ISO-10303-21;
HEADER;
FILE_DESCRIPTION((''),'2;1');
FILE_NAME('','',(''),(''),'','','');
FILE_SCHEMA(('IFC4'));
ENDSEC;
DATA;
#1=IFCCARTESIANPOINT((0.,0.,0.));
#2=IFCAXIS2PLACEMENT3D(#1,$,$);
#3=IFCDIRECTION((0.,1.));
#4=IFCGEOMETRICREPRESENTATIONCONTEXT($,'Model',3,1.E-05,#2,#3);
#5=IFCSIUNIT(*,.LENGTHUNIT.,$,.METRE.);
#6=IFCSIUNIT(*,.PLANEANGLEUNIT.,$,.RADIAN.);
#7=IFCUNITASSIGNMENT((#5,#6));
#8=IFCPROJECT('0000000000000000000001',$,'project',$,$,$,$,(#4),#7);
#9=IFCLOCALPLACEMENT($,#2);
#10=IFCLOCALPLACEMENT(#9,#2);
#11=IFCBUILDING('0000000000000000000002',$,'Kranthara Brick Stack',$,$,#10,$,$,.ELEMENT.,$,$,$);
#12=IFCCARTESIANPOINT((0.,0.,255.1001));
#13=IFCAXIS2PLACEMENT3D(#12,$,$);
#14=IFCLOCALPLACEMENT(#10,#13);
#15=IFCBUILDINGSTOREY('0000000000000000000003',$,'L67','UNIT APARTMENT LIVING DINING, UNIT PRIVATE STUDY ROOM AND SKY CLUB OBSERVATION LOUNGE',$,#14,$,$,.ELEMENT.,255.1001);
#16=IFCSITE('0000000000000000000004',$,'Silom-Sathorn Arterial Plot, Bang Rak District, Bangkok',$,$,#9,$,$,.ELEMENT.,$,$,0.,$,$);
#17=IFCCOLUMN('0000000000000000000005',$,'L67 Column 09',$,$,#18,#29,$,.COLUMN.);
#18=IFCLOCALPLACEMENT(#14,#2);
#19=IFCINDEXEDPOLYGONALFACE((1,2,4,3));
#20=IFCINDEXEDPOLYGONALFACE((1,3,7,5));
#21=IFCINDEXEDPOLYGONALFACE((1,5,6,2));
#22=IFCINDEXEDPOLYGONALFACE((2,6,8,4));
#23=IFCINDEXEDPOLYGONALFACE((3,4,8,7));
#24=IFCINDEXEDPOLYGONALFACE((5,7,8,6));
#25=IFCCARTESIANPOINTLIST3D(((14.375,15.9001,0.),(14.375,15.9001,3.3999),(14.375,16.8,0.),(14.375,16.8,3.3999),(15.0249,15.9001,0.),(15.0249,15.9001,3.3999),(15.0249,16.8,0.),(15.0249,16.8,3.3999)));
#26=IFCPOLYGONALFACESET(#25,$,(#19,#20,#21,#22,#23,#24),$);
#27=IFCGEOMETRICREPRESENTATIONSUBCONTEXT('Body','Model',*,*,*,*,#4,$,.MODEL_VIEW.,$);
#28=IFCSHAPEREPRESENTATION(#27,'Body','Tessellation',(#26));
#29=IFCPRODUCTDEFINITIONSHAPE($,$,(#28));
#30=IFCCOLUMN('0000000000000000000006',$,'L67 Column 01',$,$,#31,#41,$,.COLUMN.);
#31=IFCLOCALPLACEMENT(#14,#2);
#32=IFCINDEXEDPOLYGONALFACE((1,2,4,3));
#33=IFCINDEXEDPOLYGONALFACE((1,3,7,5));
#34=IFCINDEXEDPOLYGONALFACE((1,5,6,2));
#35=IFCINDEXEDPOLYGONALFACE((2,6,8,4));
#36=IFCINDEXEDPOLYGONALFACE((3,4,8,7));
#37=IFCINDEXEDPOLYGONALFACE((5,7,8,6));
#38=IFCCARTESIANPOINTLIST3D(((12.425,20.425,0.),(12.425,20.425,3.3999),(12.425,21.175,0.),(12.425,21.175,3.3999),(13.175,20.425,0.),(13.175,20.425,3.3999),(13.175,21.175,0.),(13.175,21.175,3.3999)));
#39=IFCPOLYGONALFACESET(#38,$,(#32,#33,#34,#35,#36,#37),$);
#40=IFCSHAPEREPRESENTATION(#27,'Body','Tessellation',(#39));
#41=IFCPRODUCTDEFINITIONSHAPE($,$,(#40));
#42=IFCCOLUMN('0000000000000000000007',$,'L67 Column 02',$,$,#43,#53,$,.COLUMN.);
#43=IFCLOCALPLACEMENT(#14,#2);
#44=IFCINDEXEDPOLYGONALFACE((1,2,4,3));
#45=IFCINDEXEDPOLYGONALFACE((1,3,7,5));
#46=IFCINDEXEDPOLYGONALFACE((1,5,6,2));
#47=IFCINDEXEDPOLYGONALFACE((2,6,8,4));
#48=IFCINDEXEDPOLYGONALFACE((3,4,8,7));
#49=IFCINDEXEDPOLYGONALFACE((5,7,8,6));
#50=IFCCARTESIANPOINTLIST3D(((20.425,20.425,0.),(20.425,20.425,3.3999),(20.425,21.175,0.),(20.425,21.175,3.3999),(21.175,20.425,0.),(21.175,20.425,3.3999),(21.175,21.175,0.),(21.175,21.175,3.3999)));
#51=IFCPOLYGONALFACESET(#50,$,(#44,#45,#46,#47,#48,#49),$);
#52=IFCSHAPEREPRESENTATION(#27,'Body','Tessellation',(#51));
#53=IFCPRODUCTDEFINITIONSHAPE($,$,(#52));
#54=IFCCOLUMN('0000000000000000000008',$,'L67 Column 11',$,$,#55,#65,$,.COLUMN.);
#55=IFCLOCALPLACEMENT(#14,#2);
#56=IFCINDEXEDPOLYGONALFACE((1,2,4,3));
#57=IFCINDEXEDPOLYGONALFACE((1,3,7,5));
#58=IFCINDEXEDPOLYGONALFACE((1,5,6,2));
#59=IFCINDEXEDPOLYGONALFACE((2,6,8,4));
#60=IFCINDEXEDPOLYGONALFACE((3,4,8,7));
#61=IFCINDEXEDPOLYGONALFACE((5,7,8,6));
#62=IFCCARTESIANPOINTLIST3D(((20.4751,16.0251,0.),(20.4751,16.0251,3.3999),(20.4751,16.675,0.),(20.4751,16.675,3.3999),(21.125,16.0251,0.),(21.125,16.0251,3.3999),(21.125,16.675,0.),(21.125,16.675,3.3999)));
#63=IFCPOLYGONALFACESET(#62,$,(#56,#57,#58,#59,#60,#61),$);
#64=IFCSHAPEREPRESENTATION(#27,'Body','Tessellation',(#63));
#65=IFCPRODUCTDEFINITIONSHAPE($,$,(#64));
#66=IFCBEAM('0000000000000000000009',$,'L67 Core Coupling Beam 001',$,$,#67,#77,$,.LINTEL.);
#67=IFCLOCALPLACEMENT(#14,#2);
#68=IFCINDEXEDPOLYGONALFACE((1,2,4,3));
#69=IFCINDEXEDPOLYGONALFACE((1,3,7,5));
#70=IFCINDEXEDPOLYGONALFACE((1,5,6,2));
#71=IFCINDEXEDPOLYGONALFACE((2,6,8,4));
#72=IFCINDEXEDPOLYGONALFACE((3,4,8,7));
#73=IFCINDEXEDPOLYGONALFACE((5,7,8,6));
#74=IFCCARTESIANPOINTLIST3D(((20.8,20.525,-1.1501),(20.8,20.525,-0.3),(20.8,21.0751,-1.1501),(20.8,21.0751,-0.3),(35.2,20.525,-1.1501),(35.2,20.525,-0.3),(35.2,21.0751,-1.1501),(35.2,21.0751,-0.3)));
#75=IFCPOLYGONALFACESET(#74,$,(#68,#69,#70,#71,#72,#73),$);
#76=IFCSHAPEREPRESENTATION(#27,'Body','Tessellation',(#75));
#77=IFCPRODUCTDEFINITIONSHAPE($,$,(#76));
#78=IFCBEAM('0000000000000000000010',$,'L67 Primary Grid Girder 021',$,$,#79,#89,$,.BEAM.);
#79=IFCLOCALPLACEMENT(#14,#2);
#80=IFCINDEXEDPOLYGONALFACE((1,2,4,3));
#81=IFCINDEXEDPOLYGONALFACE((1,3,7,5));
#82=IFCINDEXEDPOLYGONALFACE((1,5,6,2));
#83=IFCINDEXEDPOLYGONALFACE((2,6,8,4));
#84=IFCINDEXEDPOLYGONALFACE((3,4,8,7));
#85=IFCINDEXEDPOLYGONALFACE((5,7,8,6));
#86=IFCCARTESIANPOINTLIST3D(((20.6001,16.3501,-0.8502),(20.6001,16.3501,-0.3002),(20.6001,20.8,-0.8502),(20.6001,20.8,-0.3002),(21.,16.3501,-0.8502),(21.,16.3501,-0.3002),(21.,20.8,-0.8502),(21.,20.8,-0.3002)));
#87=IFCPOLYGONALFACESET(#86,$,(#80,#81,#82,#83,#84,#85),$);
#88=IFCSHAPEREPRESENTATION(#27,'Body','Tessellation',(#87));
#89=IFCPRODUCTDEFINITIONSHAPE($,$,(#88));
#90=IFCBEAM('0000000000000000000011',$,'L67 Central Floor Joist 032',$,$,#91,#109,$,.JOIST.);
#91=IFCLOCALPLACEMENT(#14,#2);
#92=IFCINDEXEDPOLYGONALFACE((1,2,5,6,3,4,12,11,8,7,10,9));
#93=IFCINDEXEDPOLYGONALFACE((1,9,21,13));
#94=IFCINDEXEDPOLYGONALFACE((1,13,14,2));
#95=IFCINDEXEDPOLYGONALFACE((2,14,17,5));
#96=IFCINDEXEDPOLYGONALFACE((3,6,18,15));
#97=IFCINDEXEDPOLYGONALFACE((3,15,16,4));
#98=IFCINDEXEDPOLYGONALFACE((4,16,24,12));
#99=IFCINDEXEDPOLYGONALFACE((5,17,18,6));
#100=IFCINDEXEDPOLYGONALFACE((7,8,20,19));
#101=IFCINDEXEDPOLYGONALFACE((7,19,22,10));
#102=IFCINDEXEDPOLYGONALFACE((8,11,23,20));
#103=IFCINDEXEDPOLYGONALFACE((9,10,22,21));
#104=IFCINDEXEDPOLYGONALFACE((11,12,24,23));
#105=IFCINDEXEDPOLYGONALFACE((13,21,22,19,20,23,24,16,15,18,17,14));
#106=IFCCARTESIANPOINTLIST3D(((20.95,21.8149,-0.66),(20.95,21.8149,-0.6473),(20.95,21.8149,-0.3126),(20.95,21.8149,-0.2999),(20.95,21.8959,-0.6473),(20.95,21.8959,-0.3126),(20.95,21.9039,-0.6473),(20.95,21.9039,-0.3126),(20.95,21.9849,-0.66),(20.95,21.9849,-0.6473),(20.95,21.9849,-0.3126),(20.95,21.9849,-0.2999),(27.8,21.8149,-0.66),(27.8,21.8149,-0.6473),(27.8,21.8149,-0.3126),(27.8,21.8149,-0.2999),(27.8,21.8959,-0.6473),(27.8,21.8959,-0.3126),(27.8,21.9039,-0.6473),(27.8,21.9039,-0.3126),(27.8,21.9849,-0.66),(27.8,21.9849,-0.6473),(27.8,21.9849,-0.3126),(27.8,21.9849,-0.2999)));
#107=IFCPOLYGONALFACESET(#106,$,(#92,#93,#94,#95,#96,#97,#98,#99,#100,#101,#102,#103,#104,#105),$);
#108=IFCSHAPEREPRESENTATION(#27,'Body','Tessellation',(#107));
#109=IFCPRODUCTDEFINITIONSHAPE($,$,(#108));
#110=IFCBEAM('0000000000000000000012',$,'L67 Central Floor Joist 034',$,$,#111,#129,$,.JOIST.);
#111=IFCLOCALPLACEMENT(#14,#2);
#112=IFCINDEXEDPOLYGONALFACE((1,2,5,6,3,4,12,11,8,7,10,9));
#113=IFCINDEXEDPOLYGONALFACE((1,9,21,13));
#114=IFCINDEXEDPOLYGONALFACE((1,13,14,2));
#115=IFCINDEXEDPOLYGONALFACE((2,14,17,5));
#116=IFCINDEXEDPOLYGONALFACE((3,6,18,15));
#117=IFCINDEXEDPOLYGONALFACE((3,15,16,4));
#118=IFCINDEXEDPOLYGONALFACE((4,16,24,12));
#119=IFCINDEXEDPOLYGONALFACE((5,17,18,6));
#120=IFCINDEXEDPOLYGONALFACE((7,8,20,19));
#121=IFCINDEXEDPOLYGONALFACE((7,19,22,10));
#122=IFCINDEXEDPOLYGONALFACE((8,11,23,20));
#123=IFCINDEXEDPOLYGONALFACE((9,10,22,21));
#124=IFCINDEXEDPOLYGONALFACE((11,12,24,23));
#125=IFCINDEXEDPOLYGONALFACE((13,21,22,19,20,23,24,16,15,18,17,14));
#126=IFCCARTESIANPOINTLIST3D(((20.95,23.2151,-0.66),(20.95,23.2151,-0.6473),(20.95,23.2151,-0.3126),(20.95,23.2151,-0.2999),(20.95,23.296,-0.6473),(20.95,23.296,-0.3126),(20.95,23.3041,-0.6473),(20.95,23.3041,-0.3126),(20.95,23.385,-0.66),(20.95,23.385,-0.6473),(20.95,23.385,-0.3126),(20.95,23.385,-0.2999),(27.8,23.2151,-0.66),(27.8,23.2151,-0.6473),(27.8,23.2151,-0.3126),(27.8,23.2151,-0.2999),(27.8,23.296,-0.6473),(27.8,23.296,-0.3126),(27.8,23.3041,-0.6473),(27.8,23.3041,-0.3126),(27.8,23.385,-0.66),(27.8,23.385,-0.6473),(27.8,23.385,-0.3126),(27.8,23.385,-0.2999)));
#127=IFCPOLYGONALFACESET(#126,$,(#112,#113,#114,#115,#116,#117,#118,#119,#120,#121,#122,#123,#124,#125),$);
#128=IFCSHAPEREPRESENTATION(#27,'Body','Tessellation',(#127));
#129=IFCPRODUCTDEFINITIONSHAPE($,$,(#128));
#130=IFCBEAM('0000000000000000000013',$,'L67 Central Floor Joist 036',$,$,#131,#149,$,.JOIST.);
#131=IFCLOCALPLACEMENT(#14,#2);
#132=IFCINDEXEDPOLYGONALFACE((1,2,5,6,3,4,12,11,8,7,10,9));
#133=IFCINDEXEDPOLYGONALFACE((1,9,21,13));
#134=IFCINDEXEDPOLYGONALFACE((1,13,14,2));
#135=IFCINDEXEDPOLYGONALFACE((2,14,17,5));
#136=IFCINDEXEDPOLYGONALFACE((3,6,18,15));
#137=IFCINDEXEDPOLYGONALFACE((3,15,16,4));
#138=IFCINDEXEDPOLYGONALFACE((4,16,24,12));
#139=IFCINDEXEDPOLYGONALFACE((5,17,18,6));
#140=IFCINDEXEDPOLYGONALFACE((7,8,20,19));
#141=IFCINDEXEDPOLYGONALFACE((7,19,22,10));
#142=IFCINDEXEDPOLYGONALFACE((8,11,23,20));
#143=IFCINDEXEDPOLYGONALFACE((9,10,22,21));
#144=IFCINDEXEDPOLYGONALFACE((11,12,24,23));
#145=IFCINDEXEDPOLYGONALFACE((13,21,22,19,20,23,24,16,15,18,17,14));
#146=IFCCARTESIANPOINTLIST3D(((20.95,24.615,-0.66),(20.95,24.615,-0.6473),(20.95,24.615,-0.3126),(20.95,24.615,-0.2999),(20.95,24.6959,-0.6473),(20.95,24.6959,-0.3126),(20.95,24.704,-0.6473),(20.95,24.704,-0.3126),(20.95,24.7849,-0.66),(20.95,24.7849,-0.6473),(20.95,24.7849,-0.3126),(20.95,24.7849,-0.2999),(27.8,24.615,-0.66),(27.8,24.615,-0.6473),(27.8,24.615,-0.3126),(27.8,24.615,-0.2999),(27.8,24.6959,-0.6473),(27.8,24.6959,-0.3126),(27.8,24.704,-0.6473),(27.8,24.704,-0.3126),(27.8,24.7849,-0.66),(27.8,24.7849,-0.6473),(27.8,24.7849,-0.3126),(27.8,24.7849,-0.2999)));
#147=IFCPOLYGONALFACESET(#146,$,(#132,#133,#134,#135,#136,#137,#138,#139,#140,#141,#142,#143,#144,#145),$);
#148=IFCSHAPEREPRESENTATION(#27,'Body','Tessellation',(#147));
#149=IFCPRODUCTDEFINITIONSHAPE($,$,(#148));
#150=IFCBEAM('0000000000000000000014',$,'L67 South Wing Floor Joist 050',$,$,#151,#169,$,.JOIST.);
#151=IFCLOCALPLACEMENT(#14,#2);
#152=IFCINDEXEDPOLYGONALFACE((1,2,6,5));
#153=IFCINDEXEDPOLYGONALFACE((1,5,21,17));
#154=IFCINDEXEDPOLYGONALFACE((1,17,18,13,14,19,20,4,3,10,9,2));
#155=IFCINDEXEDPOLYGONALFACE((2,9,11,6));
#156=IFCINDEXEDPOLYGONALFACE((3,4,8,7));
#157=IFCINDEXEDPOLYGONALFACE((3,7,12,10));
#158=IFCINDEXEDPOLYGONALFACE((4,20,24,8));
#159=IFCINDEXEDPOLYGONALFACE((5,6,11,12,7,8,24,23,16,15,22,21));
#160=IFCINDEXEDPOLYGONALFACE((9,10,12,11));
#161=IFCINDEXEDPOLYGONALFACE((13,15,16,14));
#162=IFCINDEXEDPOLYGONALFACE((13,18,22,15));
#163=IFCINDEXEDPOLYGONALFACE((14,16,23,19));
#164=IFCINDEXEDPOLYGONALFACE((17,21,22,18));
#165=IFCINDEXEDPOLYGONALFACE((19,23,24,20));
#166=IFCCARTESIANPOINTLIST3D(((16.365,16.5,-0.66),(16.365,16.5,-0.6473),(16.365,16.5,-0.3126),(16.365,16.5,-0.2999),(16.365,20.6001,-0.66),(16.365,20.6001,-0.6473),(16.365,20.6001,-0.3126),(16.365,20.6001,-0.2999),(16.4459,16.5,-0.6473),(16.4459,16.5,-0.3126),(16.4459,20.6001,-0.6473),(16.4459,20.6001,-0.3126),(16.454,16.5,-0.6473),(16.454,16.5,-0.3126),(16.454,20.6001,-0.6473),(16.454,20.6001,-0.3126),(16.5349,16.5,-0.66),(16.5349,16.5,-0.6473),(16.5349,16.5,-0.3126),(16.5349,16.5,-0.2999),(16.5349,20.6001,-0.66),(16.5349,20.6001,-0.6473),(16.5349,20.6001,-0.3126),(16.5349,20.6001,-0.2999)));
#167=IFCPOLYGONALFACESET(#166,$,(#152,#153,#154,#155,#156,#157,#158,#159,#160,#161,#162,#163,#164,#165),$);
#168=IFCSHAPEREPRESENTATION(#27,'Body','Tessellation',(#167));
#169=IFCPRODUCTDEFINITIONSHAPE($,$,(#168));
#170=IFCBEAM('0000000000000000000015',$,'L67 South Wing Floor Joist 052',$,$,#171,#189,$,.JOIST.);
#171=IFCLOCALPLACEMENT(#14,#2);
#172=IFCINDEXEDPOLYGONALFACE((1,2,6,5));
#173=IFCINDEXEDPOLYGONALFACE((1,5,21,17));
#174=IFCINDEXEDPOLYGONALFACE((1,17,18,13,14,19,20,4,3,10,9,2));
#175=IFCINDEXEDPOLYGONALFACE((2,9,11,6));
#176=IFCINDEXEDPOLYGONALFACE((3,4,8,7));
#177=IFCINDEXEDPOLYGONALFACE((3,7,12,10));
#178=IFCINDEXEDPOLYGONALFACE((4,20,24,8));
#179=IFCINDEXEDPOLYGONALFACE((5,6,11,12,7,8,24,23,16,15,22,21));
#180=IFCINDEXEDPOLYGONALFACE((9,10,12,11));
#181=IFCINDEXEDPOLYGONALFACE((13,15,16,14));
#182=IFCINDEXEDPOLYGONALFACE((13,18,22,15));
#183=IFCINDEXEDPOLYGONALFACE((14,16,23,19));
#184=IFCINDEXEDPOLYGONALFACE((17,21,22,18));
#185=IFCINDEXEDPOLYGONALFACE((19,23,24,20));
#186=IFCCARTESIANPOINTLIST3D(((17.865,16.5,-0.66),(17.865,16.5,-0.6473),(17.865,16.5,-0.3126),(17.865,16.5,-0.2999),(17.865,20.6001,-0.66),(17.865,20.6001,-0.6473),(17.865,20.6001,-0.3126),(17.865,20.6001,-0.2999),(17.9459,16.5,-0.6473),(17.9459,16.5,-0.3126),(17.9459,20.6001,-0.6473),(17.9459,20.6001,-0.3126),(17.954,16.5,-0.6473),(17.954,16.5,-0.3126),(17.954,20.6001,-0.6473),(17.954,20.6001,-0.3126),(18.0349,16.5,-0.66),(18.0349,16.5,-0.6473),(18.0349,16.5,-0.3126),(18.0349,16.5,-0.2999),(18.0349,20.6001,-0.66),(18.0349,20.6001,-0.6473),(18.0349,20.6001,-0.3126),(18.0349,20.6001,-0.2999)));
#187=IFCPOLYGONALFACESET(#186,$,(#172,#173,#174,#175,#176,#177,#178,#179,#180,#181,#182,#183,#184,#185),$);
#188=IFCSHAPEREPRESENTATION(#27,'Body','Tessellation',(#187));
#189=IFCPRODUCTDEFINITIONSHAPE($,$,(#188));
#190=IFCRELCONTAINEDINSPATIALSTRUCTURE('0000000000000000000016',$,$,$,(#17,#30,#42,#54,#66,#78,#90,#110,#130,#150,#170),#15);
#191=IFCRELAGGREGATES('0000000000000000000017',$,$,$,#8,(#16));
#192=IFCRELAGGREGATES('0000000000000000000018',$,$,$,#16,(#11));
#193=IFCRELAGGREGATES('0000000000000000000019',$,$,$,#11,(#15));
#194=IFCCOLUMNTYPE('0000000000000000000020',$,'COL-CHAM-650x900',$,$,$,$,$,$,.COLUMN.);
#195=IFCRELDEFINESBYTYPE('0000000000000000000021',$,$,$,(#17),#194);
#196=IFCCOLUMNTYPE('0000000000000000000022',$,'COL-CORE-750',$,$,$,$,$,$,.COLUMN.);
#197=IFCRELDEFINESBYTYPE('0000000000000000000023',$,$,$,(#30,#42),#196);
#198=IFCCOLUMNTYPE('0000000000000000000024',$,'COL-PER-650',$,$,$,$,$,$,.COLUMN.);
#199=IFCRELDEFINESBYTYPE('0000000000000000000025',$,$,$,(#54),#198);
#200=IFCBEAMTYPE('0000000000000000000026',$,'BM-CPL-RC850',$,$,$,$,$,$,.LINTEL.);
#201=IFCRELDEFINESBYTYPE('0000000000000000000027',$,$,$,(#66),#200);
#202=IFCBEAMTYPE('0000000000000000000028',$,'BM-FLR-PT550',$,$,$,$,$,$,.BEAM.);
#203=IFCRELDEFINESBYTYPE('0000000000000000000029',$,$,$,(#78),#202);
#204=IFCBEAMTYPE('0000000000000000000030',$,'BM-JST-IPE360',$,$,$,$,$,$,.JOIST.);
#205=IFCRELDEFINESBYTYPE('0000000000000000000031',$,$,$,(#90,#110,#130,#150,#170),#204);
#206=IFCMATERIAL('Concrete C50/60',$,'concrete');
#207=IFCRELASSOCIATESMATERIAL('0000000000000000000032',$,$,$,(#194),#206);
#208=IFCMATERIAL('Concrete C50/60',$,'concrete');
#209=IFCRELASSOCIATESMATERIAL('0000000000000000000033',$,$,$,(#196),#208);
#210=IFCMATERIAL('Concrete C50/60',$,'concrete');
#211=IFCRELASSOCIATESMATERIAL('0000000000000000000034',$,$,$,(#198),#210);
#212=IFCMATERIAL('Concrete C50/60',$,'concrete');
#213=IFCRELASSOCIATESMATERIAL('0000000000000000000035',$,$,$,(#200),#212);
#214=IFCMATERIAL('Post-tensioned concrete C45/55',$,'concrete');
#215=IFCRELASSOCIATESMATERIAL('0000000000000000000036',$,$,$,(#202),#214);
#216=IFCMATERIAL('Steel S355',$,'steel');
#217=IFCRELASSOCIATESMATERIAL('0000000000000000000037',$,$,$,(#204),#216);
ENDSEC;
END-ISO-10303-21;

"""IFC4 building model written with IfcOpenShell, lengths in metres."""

from ifc_helpers import new_model, si_unit, direction, frame, origin, origin_2d, place, context, subcontext, project, spatial, rectangle, i_section, extrude, material, material_profile, profile_set, type_object, element, save


model = new_model("IFC4")

# Units and contexts
model_context = context("Model", 3, precision=1e-05, world=origin(), true_north=direction((0.0, 1.0)))
body_context = subcontext(model_context, "Body", "Model", "MODEL_VIEW")
ifc_project = project(units=[si_unit("LENGTHUNIT", "METRE"), si_unit("PLANEANGLEUNIT", "RADIAN")], contexts=[model_context])

# Site, building, storey
site_placement = place(None, origin())
site = spatial("IfcSite", under=ifc_project, at=site_placement, Name="Silom-Sathorn Arterial Plot, Bang Rak District, Bangkok", CompositionType="ELEMENT", RefElevation=0.0)
building_placement = place(site_placement, origin())
building = spatial("IfcBuilding", under=site, at=building_placement, Name="Kranthara Brick Stack", CompositionType="ELEMENT")
storey_placement = place(building_placement, frame((0.0, 0.0, 255.1001)))
storey = spatial("IfcBuildingStorey", under=building, at=storey_placement, Name="L67", Description="UNIT APARTMENT LIVING DINING, UNIT PRIVATE STUDY ROOM AND SKY CLUB OBSERVATION LOUNGE", CompositionType="ELEMENT", Elevation=255.1001)

# Columns
ifc_material_1 = material(Name="Concrete C50/60", Category="concrete")
ifc_material_profile_1 = material_profile(ifc_material_1, rectangle(XDim=0.6499, YDim=0.8999, at=origin_2d()), Name="RC 650x900")
ifc_profile_set_1 = profile_set([ifc_material_profile_1], Name="Concrete C50/60")
column_type_1 = type_object("IfcColumnType", Name="COL-CHAM-650x900", PredefinedType="COLUMN", material=ifc_profile_set_1)
column_1_placement = place(storey_placement, frame((14.7, 16.3501, 0.0), z_axis=(0.0, 0.0, 1.0), x_axis=(1.0, 0.0, 0.0)))
element("IfcColumn", 1, at=column_1_placement, inside=storey, type_object=column_type_1, Name="L67 Column 09", PredefinedType="COLUMN", context=body_context, shape_type="SweptSolid", body=[
    extrude(rectangle(XDim=0.6499, YDim=0.8999, at=origin_2d()), origin(), (0.0, 0.0, 1.0), 3.3999),
])
ifc_material_2 = material(Name="Concrete C50/60", Category="concrete")
ifc_material_profile_2 = material_profile(ifc_material_2, rectangle(XDim=0.75, YDim=0.75, at=origin_2d()), Name="RC 750x750")
ifc_profile_set_2 = profile_set([ifc_material_profile_2], Name="Concrete C50/60")
column_type_2 = type_object("IfcColumnType", Name="COL-CORE-750", PredefinedType="COLUMN", material=ifc_profile_set_2)
for number, where, z_axis, x_axis, name in (
    (2, (12.8, 20.8, 0.0), (0.0, 0.0, 1.0), (1.0, 0.0, 0.0), "L67 Column 01"),
    (3, (20.8, 20.8, 0.0), (0.0, 0.0, 1.0), (1.0, 0.0, 0.0), "L67 Column 02"),
):
    element("IfcColumn", number, at=place(storey_placement, frame(where, z_axis=z_axis, x_axis=x_axis)), inside=storey, type_object=column_type_2, Name=name, PredefinedType="COLUMN", context=body_context, shape_type="SweptSolid", body=[
        extrude(rectangle(XDim=0.75, YDim=0.75, at=origin_2d()), origin(), (0.0, 0.0, 1.0), 3.3999),
    ])
ifc_material_3 = material(Name="Concrete C50/60", Category="concrete")
ifc_material_profile_3 = material_profile(ifc_material_3, rectangle(XDim=0.6499, YDim=0.6499, at=origin_2d()), Name="RC 650x650")
ifc_profile_set_3 = profile_set([ifc_material_profile_3], Name="Concrete C50/60")
column_type_3 = type_object("IfcColumnType", Name="COL-PER-650", PredefinedType="COLUMN", material=ifc_profile_set_3)
column_2_placement = place(storey_placement, frame((20.8, 16.3501, 0.0), z_axis=(0.0, 0.0, 1.0), x_axis=(1.0, 0.0, 0.0)))
element("IfcColumn", 4, at=column_2_placement, inside=storey, type_object=column_type_3, Name="L67 Column 11", PredefinedType="COLUMN", context=body_context, shape_type="SweptSolid", body=[
    extrude(rectangle(XDim=0.6499, YDim=0.6499, at=origin_2d()), origin(), (0.0, 0.0, 1.0), 3.3999),
])

# Beams
ifc_material_4 = material(Name="Concrete C50/60", Category="concrete")
ifc_material_profile_4 = material_profile(ifc_material_4, rectangle(XDim=0.55, YDim=0.8501, at=origin_2d()), Name="RC 550x850")
ifc_profile_set_4 = profile_set([ifc_material_profile_4], Name="Concrete C50/60")
beam_type_1 = type_object("IfcBeamType", Name="BM-CPL-RC850", PredefinedType="LINTEL", material=ifc_profile_set_4)
beam_1_placement = place(storey_placement, frame((20.8, 20.8, -0.7251), z_axis=(1.0, 0.0, 0.0), x_axis=(0.0, 1.0, 0.0)))
element("IfcBeam", 5, at=beam_1_placement, inside=storey, type_object=beam_type_1, Name="L67 Core Coupling Beam 001", PredefinedType="LINTEL", context=body_context, shape_type="SweptSolid", body=[
    extrude(rectangle(XDim=0.55, YDim=0.8501, at=origin_2d()), origin(), (0.0, 0.0, 1.0), 14.3999),
])
ifc_material_5 = material(Name="Post-tensioned concrete C45/55", Category="concrete")
ifc_material_profile_5 = material_profile(ifc_material_5, rectangle(XDim=0.3999, YDim=0.55, at=origin_2d()), Name="PT 400x550")
ifc_profile_set_5 = profile_set([ifc_material_profile_5], Name="Post-tensioned concrete C45/55")
beam_type_2 = type_object("IfcBeamType", Name="BM-FLR-PT550", PredefinedType="BEAM", material=ifc_profile_set_5)
beam_2_placement = place(storey_placement, frame((20.8, 16.3501, -0.5752), z_axis=(0.0, 1.0, 0.0), x_axis=(-1.0, 0.0, 0.0)))
element("IfcBeam", 6, at=beam_2_placement, inside=storey, type_object=beam_type_2, Name="L67 Primary Grid Girder 021", PredefinedType="BEAM", context=body_context, shape_type="SweptSolid", body=[
    extrude(rectangle(XDim=0.3999, YDim=0.55, at=origin_2d()), origin(), (0.0, 0.0, 1.0), 4.45),
])
ifc_material_6 = material(Name="Steel S355", Category="steel")
ifc_material_profile_6 = material_profile(ifc_material_6, i_section(OverallWidth=0.1699, OverallDepth=0.3601, WebThickness=0.0081, FlangeThickness=0.0127, at=origin_2d()), Name="IPE 360")
ifc_profile_set_6 = profile_set([ifc_material_profile_6], Name="Steel S355")
beam_type_3 = type_object("IfcBeamType", Name="BM-JST-IPE360", PredefinedType="JOIST", material=ifc_profile_set_6)
for number, where, z_axis, x_axis, name in (
    (7, (20.95, 21.8999, -0.48), (1.0, 0.0, 0.0), (0.0, 1.0, 0.0), "L67 Central Floor Joist 032"),
    (8, (20.95, 23.3, -0.48), (1.0, 0.0, 0.0), (0.0, 1.0, 0.0), "L67 Central Floor Joist 034"),
    (9, (20.95, 24.7, -0.48), (1.0, 0.0, 0.0), (0.0, 1.0, 0.0), "L67 Central Floor Joist 036"),
):
    element("IfcBeam", number, at=place(storey_placement, frame(where, z_axis=z_axis, x_axis=x_axis)), inside=storey, type_object=beam_type_3, Name=name, PredefinedType="JOIST", context=body_context, shape_type="SweptSolid", body=[
        extrude(i_section(OverallWidth=0.1699, OverallDepth=0.3601, WebThickness=0.0081, FlangeThickness=0.0127, at=origin_2d()), origin(), (0.0, 0.0, 1.0), 6.8501),
    ])
for number, where, z_axis, x_axis, name in (
    (10, (16.45, 16.5, -0.48), (0.0, 1.0, 0.0), (-1.0, 0.0, 0.0), "L67 South Wing Floor Joist 050"),
    (11, (17.95, 16.5, -0.48), (0.0, 1.0, 0.0), (-1.0, 0.0, 0.0), "L67 South Wing Floor Joist 052"),
):
    element("IfcBeam", number, at=place(storey_placement, frame(where, z_axis=z_axis, x_axis=x_axis)), inside=storey, type_object=beam_type_3, Name=name, PredefinedType="JOIST", context=body_context, shape_type="SweptSolid", body=[
        extrude(i_section(OverallWidth=0.1699, OverallDepth=0.3601, WebThickness=0.0081, FlangeThickness=0.0127, at=origin_2d()), origin(), (0.0, 0.0, 1.0), 4.1001),
    ])

save(model, "model.ifc")
